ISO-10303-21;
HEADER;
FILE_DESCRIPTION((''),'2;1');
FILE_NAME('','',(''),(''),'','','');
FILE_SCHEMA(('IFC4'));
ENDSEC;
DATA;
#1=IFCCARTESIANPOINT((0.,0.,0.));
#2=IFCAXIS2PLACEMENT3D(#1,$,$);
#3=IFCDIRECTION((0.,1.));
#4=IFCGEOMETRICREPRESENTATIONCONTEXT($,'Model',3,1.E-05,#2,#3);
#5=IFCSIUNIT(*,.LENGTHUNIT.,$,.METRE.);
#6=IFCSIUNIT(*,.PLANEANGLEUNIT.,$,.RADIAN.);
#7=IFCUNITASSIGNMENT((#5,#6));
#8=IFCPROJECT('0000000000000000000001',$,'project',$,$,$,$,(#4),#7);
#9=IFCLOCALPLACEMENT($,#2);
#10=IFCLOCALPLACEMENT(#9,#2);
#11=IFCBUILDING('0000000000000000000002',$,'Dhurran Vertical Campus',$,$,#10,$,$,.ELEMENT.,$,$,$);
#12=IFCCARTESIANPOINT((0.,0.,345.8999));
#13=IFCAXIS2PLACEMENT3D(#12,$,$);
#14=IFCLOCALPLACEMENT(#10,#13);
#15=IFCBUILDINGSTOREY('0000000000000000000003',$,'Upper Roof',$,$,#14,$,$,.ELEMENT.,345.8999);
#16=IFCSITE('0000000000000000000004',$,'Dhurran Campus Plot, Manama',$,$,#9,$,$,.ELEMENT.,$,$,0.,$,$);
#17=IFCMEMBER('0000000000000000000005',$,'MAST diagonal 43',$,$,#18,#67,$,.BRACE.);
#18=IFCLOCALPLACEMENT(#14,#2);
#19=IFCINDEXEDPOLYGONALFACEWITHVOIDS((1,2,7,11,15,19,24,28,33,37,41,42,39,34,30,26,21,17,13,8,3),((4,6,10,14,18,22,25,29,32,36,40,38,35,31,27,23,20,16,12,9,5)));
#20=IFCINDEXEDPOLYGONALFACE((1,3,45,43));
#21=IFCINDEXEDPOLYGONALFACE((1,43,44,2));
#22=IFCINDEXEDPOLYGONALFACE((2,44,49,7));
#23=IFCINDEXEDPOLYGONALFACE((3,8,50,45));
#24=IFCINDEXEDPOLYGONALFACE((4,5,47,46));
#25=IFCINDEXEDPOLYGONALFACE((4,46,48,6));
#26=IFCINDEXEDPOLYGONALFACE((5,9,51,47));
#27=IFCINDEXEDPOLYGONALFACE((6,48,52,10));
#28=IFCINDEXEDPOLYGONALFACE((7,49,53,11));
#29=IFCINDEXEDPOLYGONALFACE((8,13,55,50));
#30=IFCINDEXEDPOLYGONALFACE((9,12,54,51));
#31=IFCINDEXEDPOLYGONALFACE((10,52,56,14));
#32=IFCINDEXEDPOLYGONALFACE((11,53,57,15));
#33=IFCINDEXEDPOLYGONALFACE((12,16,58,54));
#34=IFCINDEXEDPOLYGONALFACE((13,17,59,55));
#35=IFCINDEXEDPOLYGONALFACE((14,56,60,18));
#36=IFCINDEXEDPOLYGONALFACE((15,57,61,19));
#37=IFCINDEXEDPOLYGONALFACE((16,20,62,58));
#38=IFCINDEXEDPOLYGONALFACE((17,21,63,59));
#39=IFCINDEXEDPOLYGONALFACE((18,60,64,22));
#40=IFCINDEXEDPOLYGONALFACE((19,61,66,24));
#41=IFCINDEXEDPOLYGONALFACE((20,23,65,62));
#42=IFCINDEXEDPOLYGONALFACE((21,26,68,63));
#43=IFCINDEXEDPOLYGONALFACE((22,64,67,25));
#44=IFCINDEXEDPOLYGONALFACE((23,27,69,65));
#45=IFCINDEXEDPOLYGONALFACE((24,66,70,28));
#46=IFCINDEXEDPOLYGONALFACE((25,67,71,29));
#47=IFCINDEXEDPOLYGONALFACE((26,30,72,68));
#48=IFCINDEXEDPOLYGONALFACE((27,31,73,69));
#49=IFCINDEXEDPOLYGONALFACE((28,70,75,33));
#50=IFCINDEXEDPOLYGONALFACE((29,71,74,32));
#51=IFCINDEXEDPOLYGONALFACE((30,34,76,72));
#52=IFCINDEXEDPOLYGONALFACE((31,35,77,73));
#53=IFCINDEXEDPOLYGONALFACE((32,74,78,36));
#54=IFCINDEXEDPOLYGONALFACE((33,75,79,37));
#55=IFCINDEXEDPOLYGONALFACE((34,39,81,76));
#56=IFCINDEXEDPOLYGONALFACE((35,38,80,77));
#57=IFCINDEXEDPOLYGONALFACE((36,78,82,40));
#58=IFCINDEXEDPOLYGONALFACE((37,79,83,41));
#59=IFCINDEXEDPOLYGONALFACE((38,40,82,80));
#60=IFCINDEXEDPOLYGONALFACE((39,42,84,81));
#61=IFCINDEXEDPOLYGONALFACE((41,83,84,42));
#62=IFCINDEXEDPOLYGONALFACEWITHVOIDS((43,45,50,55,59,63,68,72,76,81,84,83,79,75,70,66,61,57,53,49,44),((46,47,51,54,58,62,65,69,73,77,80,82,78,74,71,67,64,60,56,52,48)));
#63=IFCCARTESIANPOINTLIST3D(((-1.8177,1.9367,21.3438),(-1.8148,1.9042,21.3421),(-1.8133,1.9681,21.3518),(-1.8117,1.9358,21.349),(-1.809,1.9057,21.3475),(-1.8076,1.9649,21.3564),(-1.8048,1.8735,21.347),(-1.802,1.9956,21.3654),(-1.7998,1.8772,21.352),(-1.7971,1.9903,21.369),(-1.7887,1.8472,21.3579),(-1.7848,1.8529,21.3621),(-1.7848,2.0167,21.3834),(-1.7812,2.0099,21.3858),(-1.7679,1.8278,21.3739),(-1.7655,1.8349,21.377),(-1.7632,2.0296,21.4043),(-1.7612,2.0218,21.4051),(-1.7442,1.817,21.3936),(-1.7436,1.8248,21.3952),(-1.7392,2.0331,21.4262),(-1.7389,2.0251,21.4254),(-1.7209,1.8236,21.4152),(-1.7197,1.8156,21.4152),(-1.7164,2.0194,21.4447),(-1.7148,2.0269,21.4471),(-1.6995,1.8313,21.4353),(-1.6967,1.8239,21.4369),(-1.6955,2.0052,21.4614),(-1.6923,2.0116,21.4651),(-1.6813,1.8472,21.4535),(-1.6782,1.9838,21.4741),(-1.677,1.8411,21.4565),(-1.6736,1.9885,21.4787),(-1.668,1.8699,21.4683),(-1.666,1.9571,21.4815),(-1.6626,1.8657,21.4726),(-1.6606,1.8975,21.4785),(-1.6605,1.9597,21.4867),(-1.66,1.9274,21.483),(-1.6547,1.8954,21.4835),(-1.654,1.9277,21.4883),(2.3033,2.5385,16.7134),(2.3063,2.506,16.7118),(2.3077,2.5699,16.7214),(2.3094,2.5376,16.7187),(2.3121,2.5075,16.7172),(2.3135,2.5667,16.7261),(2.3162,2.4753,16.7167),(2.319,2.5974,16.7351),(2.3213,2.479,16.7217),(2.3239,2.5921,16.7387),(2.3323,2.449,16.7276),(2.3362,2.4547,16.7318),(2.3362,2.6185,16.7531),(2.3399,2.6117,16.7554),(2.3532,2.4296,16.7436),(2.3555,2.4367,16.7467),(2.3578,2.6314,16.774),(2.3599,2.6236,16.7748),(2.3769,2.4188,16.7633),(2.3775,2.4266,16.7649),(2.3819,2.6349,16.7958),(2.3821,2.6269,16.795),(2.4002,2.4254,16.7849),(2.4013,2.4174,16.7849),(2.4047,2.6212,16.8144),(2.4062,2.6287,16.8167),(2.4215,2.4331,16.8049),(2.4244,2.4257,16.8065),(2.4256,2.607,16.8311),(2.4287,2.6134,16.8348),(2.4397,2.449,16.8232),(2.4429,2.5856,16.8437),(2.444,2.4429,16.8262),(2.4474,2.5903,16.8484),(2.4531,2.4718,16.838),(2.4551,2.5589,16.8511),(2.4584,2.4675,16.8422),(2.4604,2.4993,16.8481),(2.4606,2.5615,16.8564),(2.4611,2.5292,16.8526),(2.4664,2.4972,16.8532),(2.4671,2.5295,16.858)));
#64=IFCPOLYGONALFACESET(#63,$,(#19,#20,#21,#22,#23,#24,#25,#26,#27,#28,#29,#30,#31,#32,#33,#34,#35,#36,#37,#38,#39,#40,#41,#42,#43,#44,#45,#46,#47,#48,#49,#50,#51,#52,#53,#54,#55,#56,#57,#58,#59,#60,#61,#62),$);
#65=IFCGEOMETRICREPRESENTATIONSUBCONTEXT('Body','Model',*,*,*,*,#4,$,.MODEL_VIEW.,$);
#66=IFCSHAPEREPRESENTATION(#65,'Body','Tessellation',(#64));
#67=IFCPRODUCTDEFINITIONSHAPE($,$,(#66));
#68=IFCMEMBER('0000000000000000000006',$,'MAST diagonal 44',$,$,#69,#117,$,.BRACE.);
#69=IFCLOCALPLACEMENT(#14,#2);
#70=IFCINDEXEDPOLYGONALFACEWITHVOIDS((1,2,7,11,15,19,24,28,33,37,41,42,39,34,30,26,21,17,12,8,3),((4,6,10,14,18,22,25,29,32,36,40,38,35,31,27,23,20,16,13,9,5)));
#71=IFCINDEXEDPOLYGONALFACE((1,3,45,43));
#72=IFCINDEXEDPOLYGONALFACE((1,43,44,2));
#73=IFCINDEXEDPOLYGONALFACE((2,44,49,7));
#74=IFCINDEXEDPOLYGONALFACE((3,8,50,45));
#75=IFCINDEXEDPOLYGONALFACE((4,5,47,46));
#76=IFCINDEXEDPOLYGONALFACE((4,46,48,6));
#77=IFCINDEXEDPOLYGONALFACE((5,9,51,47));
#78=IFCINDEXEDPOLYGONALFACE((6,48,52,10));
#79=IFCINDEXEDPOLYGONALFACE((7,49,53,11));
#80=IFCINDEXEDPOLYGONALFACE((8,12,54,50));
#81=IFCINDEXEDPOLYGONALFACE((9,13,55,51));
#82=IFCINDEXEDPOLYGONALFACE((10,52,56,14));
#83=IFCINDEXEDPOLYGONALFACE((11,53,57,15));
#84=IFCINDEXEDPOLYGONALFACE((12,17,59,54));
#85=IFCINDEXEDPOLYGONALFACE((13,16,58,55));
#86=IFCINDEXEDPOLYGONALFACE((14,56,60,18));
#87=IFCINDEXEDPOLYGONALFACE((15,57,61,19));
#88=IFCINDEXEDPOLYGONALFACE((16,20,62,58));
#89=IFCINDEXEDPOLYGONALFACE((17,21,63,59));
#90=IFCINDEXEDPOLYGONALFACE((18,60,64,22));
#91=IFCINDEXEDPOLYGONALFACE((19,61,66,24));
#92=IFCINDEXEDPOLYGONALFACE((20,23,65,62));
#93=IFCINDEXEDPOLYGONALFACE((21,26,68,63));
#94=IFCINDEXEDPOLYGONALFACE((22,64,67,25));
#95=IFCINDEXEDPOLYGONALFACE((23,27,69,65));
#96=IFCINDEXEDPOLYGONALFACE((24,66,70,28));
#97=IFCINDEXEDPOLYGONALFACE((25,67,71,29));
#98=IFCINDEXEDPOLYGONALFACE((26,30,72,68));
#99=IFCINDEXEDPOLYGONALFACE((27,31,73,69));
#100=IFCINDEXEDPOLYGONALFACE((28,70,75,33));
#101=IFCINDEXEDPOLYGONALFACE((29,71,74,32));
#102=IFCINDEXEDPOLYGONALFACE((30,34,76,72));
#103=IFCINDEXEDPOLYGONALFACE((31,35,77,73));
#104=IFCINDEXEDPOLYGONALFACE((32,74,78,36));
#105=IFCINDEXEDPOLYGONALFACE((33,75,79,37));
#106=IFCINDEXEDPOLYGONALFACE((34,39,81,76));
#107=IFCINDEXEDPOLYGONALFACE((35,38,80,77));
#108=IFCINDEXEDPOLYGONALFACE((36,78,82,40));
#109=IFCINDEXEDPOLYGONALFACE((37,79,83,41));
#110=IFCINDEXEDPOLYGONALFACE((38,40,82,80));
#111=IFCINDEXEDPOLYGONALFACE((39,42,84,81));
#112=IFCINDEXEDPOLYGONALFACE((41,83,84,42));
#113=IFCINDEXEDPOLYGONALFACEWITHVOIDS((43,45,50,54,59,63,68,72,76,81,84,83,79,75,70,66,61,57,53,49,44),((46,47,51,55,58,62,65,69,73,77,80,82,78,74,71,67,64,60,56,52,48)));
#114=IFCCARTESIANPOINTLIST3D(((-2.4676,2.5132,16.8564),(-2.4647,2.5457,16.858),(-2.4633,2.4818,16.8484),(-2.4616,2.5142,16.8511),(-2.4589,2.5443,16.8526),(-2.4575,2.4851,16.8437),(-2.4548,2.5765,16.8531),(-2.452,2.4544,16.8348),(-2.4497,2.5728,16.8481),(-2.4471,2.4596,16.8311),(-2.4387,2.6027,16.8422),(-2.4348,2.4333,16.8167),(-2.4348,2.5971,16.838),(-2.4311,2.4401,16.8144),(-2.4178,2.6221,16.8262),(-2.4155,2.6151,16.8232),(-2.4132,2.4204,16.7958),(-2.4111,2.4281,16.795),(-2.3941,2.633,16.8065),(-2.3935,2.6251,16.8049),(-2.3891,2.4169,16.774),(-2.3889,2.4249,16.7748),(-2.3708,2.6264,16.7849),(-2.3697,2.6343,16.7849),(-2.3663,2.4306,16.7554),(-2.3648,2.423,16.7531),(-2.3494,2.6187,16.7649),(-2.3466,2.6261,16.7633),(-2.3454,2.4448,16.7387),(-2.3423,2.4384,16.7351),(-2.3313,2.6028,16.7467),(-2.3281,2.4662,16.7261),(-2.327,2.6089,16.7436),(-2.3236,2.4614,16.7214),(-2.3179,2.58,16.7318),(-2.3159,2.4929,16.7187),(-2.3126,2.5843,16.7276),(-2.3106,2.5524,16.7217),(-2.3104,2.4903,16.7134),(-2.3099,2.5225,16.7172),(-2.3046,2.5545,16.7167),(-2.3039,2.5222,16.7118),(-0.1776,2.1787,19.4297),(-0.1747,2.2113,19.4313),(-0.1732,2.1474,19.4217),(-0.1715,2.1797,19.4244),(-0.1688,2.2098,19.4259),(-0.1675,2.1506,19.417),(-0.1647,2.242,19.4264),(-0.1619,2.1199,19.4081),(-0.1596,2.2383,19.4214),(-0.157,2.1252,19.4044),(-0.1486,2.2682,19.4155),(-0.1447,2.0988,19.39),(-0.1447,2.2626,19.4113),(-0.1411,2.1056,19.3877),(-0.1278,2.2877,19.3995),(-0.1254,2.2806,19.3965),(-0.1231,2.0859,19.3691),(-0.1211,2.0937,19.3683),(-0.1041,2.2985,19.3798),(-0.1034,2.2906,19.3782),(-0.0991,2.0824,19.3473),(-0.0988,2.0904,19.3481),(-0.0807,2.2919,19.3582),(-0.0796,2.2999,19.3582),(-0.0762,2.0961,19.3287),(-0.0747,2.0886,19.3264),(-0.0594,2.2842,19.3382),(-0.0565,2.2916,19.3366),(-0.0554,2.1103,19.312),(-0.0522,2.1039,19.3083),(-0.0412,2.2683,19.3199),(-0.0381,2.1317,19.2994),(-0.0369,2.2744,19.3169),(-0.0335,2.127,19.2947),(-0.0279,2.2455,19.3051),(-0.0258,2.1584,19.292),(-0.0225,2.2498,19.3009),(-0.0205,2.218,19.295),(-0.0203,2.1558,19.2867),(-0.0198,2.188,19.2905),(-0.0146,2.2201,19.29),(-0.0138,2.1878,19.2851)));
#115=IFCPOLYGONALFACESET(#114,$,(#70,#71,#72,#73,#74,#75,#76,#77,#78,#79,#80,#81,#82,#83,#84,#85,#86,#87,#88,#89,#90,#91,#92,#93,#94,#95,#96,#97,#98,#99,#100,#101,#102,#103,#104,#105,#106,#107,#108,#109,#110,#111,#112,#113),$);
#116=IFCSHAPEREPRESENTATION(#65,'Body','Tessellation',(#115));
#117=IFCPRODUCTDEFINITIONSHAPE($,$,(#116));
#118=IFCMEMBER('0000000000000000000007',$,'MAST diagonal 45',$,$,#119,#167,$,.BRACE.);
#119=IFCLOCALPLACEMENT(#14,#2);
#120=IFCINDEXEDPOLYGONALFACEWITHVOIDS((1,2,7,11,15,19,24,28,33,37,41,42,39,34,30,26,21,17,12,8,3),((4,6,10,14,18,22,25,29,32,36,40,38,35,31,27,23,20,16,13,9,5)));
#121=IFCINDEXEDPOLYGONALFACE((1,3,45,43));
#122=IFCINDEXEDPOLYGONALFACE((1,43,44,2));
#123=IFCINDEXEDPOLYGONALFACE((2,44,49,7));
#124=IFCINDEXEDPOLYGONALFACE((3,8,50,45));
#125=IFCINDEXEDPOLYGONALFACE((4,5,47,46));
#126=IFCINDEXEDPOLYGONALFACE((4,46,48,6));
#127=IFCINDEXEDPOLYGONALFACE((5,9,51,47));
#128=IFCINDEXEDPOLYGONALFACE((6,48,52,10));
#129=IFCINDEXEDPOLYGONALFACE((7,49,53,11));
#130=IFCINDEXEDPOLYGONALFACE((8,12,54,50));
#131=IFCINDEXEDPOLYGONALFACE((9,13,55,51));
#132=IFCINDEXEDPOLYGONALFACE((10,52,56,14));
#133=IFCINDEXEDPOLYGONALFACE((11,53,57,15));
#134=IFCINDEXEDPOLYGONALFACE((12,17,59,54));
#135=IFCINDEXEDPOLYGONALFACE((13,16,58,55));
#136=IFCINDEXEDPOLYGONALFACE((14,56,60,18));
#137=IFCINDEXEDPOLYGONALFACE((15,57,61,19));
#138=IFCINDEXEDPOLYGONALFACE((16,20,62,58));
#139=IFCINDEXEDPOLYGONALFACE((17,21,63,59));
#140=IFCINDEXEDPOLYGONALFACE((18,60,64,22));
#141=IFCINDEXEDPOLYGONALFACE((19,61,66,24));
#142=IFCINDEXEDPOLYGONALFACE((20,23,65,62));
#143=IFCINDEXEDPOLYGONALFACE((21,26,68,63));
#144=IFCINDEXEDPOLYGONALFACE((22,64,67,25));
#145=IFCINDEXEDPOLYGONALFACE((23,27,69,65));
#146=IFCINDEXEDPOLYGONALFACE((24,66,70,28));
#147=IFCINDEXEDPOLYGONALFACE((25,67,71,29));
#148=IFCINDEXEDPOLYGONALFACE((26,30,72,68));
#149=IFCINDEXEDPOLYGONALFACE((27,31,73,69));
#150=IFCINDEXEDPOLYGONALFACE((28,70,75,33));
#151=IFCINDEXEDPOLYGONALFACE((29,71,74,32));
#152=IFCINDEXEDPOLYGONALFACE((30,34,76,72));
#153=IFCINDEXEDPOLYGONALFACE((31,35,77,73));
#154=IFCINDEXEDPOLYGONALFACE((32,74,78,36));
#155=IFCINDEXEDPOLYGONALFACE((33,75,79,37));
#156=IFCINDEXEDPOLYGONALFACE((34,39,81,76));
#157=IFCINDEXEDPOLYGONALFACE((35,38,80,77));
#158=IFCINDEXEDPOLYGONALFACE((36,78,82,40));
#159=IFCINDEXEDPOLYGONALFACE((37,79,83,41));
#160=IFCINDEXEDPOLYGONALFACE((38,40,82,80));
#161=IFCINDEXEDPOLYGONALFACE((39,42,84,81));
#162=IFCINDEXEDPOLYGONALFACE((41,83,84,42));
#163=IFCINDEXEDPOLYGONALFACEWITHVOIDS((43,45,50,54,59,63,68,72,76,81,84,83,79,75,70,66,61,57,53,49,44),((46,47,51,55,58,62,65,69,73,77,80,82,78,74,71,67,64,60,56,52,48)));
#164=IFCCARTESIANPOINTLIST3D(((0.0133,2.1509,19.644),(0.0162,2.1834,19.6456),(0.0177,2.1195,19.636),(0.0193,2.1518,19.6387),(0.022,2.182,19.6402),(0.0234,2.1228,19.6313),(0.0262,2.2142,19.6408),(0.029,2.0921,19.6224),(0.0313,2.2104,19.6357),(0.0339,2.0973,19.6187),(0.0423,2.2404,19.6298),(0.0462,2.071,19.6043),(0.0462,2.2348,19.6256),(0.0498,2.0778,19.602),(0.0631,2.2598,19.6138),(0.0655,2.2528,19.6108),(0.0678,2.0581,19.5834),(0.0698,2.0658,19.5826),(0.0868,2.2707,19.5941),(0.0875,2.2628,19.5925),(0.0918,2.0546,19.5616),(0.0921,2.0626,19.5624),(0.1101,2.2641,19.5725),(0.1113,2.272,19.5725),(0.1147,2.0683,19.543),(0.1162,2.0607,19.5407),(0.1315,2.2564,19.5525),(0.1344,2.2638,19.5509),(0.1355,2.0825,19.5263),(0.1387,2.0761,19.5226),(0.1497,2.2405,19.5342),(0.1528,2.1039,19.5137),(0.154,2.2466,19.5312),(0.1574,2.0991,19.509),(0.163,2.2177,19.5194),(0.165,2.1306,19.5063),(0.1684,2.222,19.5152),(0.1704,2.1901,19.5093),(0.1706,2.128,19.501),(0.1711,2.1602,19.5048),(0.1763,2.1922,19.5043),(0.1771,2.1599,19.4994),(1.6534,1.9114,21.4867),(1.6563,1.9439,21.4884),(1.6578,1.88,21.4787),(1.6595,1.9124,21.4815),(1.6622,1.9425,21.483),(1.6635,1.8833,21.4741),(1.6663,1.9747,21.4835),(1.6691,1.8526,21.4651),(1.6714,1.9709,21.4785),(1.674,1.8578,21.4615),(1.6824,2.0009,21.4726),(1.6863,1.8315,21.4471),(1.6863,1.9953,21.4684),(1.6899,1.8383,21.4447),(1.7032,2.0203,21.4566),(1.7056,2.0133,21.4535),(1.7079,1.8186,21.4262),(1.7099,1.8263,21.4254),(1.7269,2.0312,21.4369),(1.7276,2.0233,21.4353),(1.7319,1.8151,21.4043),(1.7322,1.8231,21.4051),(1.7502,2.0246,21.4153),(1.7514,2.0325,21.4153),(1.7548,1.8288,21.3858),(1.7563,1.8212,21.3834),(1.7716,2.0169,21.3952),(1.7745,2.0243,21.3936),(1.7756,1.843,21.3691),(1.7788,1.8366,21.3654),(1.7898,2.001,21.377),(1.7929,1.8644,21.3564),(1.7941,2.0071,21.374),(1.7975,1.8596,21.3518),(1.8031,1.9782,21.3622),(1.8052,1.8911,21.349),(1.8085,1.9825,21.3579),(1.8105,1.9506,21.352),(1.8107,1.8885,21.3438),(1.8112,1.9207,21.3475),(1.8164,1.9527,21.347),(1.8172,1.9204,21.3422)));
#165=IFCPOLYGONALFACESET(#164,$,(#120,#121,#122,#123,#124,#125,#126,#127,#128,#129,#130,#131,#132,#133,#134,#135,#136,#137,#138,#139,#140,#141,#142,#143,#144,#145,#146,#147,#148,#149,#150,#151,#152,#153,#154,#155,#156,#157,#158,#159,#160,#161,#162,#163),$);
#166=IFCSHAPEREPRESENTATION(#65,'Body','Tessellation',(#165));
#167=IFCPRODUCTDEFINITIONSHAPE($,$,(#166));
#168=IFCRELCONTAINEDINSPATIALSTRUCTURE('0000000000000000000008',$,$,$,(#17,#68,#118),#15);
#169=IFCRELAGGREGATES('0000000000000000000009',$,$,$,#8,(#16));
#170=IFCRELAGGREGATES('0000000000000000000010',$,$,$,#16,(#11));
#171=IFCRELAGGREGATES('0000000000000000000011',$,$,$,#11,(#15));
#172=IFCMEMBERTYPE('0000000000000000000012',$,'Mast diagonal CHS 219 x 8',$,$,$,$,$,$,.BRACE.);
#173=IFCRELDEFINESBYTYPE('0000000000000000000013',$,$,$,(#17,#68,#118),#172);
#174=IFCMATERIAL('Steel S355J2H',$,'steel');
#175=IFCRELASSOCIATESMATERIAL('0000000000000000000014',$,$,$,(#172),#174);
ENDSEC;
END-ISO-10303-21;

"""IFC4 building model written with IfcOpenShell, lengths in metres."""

from ifc_helpers import new_model, si_unit, direction, frame, origin, origin_2d, place, context, subcontext, project, spatial, hollow_circle, extrude, material, material_profile, profile_set, type_object, element, save


model = new_model("IFC4")

# Units and contexts
model_context = context("Model", 3, precision=1e-05, world=origin(), true_north=direction((0.0, 1.0)))
body_context = subcontext(model_context, "Body", "Model", "MODEL_VIEW")
ifc_project = project(units=[si_unit("LENGTHUNIT", "METRE"), si_unit("PLANEANGLEUNIT", "RADIAN")], contexts=[model_context])

# Site, building, storey
site_placement = place(None, origin())
site = spatial("IfcSite", under=ifc_project, at=site_placement, Name="Dhurran Campus Plot, Manama", CompositionType="ELEMENT", RefElevation=0.0)
building_placement = place(site_placement, origin())
building = spatial("IfcBuilding", under=site, at=building_placement, Name="Dhurran Vertical Campus", CompositionType="ELEMENT")
storey_placement = place(building_placement, frame((0.0, 0.0, 345.8999)))
storey = spatial("IfcBuildingStorey", under=building, at=storey_placement, Name="Upper Roof", CompositionType="ELEMENT", Elevation=345.8999)

# Members
ifc_material_1 = material(Name="Steel S355J2H", Category="steel")
ifc_material_profile_1 = material_profile(ifc_material_1, hollow_circle(Radius=0.1096, WallThickness=0.0081, at=origin_2d()), Name="CHS219x8")
ifc_profile_set_1 = profile_set([ifc_material_profile_1], Name="Steel S355J2H")
member_type_1 = type_object("IfcMemberType", Name="Mast diagonal CHS 219 x 8", PredefinedType="BRACE", material=ifc_profile_set_1)
member_1_placement = place(storey_placement, frame((2.3855, 2.5259, 16.7849), z_axis=(-0.661722, -0.096632, 0.743496), x_axis=(0.144498, -0.989505, 0.0)))
element("IfcMember", 1, at=member_1_placement, inside=storey, type_object=member_type_1, Name="MAST diagonal 43", PredefinedType="BRACE", context=body_context, shape_type="SweptSolid", body=[
    extrude(hollow_circle(Radius=0.1096, WallThickness=0.0081, at=origin_2d()), origin(), (0.0, 0.0, 1.0), 6.2278),
])
member_2_placement = place(storey_placement, frame((-2.3855, 2.5259, 16.7849), z_axis=(0.661692, -0.096644, 0.743521), x_axis=(0.144522, 0.989502, 0.0)))
element("IfcMember", 2, at=member_2_placement, inside=storey, type_object=member_type_1, Name="MAST diagonal 44", PredefinedType="BRACE", context=body_context, shape_type="SweptSolid", body=[
    extrude(hollow_circle(Radius=0.1096, WallThickness=0.0081, at=origin_2d()), origin(), (0.0, 0.0, 1.0), 3.4609),
])
member_3_placement = place(storey_placement, frame((0.0955, 2.1636, 19.5725), z_axis=(0.661732, -0.09663, 0.743488), x_axis=(0.144493, 0.989506, 0.0)))
element("IfcMember", 3, at=member_3_placement, inside=storey, type_object=member_type_1, Name="MAST diagonal 45", PredefinedType="BRACE", context=body_context, shape_type="SweptSolid", body=[
    extrude(hollow_circle(Radius=0.1096, WallThickness=0.0081, at=origin_2d()), origin(), (0.0, 0.0, 1.0), 2.4785),
])

save(model, "model.ifc")
